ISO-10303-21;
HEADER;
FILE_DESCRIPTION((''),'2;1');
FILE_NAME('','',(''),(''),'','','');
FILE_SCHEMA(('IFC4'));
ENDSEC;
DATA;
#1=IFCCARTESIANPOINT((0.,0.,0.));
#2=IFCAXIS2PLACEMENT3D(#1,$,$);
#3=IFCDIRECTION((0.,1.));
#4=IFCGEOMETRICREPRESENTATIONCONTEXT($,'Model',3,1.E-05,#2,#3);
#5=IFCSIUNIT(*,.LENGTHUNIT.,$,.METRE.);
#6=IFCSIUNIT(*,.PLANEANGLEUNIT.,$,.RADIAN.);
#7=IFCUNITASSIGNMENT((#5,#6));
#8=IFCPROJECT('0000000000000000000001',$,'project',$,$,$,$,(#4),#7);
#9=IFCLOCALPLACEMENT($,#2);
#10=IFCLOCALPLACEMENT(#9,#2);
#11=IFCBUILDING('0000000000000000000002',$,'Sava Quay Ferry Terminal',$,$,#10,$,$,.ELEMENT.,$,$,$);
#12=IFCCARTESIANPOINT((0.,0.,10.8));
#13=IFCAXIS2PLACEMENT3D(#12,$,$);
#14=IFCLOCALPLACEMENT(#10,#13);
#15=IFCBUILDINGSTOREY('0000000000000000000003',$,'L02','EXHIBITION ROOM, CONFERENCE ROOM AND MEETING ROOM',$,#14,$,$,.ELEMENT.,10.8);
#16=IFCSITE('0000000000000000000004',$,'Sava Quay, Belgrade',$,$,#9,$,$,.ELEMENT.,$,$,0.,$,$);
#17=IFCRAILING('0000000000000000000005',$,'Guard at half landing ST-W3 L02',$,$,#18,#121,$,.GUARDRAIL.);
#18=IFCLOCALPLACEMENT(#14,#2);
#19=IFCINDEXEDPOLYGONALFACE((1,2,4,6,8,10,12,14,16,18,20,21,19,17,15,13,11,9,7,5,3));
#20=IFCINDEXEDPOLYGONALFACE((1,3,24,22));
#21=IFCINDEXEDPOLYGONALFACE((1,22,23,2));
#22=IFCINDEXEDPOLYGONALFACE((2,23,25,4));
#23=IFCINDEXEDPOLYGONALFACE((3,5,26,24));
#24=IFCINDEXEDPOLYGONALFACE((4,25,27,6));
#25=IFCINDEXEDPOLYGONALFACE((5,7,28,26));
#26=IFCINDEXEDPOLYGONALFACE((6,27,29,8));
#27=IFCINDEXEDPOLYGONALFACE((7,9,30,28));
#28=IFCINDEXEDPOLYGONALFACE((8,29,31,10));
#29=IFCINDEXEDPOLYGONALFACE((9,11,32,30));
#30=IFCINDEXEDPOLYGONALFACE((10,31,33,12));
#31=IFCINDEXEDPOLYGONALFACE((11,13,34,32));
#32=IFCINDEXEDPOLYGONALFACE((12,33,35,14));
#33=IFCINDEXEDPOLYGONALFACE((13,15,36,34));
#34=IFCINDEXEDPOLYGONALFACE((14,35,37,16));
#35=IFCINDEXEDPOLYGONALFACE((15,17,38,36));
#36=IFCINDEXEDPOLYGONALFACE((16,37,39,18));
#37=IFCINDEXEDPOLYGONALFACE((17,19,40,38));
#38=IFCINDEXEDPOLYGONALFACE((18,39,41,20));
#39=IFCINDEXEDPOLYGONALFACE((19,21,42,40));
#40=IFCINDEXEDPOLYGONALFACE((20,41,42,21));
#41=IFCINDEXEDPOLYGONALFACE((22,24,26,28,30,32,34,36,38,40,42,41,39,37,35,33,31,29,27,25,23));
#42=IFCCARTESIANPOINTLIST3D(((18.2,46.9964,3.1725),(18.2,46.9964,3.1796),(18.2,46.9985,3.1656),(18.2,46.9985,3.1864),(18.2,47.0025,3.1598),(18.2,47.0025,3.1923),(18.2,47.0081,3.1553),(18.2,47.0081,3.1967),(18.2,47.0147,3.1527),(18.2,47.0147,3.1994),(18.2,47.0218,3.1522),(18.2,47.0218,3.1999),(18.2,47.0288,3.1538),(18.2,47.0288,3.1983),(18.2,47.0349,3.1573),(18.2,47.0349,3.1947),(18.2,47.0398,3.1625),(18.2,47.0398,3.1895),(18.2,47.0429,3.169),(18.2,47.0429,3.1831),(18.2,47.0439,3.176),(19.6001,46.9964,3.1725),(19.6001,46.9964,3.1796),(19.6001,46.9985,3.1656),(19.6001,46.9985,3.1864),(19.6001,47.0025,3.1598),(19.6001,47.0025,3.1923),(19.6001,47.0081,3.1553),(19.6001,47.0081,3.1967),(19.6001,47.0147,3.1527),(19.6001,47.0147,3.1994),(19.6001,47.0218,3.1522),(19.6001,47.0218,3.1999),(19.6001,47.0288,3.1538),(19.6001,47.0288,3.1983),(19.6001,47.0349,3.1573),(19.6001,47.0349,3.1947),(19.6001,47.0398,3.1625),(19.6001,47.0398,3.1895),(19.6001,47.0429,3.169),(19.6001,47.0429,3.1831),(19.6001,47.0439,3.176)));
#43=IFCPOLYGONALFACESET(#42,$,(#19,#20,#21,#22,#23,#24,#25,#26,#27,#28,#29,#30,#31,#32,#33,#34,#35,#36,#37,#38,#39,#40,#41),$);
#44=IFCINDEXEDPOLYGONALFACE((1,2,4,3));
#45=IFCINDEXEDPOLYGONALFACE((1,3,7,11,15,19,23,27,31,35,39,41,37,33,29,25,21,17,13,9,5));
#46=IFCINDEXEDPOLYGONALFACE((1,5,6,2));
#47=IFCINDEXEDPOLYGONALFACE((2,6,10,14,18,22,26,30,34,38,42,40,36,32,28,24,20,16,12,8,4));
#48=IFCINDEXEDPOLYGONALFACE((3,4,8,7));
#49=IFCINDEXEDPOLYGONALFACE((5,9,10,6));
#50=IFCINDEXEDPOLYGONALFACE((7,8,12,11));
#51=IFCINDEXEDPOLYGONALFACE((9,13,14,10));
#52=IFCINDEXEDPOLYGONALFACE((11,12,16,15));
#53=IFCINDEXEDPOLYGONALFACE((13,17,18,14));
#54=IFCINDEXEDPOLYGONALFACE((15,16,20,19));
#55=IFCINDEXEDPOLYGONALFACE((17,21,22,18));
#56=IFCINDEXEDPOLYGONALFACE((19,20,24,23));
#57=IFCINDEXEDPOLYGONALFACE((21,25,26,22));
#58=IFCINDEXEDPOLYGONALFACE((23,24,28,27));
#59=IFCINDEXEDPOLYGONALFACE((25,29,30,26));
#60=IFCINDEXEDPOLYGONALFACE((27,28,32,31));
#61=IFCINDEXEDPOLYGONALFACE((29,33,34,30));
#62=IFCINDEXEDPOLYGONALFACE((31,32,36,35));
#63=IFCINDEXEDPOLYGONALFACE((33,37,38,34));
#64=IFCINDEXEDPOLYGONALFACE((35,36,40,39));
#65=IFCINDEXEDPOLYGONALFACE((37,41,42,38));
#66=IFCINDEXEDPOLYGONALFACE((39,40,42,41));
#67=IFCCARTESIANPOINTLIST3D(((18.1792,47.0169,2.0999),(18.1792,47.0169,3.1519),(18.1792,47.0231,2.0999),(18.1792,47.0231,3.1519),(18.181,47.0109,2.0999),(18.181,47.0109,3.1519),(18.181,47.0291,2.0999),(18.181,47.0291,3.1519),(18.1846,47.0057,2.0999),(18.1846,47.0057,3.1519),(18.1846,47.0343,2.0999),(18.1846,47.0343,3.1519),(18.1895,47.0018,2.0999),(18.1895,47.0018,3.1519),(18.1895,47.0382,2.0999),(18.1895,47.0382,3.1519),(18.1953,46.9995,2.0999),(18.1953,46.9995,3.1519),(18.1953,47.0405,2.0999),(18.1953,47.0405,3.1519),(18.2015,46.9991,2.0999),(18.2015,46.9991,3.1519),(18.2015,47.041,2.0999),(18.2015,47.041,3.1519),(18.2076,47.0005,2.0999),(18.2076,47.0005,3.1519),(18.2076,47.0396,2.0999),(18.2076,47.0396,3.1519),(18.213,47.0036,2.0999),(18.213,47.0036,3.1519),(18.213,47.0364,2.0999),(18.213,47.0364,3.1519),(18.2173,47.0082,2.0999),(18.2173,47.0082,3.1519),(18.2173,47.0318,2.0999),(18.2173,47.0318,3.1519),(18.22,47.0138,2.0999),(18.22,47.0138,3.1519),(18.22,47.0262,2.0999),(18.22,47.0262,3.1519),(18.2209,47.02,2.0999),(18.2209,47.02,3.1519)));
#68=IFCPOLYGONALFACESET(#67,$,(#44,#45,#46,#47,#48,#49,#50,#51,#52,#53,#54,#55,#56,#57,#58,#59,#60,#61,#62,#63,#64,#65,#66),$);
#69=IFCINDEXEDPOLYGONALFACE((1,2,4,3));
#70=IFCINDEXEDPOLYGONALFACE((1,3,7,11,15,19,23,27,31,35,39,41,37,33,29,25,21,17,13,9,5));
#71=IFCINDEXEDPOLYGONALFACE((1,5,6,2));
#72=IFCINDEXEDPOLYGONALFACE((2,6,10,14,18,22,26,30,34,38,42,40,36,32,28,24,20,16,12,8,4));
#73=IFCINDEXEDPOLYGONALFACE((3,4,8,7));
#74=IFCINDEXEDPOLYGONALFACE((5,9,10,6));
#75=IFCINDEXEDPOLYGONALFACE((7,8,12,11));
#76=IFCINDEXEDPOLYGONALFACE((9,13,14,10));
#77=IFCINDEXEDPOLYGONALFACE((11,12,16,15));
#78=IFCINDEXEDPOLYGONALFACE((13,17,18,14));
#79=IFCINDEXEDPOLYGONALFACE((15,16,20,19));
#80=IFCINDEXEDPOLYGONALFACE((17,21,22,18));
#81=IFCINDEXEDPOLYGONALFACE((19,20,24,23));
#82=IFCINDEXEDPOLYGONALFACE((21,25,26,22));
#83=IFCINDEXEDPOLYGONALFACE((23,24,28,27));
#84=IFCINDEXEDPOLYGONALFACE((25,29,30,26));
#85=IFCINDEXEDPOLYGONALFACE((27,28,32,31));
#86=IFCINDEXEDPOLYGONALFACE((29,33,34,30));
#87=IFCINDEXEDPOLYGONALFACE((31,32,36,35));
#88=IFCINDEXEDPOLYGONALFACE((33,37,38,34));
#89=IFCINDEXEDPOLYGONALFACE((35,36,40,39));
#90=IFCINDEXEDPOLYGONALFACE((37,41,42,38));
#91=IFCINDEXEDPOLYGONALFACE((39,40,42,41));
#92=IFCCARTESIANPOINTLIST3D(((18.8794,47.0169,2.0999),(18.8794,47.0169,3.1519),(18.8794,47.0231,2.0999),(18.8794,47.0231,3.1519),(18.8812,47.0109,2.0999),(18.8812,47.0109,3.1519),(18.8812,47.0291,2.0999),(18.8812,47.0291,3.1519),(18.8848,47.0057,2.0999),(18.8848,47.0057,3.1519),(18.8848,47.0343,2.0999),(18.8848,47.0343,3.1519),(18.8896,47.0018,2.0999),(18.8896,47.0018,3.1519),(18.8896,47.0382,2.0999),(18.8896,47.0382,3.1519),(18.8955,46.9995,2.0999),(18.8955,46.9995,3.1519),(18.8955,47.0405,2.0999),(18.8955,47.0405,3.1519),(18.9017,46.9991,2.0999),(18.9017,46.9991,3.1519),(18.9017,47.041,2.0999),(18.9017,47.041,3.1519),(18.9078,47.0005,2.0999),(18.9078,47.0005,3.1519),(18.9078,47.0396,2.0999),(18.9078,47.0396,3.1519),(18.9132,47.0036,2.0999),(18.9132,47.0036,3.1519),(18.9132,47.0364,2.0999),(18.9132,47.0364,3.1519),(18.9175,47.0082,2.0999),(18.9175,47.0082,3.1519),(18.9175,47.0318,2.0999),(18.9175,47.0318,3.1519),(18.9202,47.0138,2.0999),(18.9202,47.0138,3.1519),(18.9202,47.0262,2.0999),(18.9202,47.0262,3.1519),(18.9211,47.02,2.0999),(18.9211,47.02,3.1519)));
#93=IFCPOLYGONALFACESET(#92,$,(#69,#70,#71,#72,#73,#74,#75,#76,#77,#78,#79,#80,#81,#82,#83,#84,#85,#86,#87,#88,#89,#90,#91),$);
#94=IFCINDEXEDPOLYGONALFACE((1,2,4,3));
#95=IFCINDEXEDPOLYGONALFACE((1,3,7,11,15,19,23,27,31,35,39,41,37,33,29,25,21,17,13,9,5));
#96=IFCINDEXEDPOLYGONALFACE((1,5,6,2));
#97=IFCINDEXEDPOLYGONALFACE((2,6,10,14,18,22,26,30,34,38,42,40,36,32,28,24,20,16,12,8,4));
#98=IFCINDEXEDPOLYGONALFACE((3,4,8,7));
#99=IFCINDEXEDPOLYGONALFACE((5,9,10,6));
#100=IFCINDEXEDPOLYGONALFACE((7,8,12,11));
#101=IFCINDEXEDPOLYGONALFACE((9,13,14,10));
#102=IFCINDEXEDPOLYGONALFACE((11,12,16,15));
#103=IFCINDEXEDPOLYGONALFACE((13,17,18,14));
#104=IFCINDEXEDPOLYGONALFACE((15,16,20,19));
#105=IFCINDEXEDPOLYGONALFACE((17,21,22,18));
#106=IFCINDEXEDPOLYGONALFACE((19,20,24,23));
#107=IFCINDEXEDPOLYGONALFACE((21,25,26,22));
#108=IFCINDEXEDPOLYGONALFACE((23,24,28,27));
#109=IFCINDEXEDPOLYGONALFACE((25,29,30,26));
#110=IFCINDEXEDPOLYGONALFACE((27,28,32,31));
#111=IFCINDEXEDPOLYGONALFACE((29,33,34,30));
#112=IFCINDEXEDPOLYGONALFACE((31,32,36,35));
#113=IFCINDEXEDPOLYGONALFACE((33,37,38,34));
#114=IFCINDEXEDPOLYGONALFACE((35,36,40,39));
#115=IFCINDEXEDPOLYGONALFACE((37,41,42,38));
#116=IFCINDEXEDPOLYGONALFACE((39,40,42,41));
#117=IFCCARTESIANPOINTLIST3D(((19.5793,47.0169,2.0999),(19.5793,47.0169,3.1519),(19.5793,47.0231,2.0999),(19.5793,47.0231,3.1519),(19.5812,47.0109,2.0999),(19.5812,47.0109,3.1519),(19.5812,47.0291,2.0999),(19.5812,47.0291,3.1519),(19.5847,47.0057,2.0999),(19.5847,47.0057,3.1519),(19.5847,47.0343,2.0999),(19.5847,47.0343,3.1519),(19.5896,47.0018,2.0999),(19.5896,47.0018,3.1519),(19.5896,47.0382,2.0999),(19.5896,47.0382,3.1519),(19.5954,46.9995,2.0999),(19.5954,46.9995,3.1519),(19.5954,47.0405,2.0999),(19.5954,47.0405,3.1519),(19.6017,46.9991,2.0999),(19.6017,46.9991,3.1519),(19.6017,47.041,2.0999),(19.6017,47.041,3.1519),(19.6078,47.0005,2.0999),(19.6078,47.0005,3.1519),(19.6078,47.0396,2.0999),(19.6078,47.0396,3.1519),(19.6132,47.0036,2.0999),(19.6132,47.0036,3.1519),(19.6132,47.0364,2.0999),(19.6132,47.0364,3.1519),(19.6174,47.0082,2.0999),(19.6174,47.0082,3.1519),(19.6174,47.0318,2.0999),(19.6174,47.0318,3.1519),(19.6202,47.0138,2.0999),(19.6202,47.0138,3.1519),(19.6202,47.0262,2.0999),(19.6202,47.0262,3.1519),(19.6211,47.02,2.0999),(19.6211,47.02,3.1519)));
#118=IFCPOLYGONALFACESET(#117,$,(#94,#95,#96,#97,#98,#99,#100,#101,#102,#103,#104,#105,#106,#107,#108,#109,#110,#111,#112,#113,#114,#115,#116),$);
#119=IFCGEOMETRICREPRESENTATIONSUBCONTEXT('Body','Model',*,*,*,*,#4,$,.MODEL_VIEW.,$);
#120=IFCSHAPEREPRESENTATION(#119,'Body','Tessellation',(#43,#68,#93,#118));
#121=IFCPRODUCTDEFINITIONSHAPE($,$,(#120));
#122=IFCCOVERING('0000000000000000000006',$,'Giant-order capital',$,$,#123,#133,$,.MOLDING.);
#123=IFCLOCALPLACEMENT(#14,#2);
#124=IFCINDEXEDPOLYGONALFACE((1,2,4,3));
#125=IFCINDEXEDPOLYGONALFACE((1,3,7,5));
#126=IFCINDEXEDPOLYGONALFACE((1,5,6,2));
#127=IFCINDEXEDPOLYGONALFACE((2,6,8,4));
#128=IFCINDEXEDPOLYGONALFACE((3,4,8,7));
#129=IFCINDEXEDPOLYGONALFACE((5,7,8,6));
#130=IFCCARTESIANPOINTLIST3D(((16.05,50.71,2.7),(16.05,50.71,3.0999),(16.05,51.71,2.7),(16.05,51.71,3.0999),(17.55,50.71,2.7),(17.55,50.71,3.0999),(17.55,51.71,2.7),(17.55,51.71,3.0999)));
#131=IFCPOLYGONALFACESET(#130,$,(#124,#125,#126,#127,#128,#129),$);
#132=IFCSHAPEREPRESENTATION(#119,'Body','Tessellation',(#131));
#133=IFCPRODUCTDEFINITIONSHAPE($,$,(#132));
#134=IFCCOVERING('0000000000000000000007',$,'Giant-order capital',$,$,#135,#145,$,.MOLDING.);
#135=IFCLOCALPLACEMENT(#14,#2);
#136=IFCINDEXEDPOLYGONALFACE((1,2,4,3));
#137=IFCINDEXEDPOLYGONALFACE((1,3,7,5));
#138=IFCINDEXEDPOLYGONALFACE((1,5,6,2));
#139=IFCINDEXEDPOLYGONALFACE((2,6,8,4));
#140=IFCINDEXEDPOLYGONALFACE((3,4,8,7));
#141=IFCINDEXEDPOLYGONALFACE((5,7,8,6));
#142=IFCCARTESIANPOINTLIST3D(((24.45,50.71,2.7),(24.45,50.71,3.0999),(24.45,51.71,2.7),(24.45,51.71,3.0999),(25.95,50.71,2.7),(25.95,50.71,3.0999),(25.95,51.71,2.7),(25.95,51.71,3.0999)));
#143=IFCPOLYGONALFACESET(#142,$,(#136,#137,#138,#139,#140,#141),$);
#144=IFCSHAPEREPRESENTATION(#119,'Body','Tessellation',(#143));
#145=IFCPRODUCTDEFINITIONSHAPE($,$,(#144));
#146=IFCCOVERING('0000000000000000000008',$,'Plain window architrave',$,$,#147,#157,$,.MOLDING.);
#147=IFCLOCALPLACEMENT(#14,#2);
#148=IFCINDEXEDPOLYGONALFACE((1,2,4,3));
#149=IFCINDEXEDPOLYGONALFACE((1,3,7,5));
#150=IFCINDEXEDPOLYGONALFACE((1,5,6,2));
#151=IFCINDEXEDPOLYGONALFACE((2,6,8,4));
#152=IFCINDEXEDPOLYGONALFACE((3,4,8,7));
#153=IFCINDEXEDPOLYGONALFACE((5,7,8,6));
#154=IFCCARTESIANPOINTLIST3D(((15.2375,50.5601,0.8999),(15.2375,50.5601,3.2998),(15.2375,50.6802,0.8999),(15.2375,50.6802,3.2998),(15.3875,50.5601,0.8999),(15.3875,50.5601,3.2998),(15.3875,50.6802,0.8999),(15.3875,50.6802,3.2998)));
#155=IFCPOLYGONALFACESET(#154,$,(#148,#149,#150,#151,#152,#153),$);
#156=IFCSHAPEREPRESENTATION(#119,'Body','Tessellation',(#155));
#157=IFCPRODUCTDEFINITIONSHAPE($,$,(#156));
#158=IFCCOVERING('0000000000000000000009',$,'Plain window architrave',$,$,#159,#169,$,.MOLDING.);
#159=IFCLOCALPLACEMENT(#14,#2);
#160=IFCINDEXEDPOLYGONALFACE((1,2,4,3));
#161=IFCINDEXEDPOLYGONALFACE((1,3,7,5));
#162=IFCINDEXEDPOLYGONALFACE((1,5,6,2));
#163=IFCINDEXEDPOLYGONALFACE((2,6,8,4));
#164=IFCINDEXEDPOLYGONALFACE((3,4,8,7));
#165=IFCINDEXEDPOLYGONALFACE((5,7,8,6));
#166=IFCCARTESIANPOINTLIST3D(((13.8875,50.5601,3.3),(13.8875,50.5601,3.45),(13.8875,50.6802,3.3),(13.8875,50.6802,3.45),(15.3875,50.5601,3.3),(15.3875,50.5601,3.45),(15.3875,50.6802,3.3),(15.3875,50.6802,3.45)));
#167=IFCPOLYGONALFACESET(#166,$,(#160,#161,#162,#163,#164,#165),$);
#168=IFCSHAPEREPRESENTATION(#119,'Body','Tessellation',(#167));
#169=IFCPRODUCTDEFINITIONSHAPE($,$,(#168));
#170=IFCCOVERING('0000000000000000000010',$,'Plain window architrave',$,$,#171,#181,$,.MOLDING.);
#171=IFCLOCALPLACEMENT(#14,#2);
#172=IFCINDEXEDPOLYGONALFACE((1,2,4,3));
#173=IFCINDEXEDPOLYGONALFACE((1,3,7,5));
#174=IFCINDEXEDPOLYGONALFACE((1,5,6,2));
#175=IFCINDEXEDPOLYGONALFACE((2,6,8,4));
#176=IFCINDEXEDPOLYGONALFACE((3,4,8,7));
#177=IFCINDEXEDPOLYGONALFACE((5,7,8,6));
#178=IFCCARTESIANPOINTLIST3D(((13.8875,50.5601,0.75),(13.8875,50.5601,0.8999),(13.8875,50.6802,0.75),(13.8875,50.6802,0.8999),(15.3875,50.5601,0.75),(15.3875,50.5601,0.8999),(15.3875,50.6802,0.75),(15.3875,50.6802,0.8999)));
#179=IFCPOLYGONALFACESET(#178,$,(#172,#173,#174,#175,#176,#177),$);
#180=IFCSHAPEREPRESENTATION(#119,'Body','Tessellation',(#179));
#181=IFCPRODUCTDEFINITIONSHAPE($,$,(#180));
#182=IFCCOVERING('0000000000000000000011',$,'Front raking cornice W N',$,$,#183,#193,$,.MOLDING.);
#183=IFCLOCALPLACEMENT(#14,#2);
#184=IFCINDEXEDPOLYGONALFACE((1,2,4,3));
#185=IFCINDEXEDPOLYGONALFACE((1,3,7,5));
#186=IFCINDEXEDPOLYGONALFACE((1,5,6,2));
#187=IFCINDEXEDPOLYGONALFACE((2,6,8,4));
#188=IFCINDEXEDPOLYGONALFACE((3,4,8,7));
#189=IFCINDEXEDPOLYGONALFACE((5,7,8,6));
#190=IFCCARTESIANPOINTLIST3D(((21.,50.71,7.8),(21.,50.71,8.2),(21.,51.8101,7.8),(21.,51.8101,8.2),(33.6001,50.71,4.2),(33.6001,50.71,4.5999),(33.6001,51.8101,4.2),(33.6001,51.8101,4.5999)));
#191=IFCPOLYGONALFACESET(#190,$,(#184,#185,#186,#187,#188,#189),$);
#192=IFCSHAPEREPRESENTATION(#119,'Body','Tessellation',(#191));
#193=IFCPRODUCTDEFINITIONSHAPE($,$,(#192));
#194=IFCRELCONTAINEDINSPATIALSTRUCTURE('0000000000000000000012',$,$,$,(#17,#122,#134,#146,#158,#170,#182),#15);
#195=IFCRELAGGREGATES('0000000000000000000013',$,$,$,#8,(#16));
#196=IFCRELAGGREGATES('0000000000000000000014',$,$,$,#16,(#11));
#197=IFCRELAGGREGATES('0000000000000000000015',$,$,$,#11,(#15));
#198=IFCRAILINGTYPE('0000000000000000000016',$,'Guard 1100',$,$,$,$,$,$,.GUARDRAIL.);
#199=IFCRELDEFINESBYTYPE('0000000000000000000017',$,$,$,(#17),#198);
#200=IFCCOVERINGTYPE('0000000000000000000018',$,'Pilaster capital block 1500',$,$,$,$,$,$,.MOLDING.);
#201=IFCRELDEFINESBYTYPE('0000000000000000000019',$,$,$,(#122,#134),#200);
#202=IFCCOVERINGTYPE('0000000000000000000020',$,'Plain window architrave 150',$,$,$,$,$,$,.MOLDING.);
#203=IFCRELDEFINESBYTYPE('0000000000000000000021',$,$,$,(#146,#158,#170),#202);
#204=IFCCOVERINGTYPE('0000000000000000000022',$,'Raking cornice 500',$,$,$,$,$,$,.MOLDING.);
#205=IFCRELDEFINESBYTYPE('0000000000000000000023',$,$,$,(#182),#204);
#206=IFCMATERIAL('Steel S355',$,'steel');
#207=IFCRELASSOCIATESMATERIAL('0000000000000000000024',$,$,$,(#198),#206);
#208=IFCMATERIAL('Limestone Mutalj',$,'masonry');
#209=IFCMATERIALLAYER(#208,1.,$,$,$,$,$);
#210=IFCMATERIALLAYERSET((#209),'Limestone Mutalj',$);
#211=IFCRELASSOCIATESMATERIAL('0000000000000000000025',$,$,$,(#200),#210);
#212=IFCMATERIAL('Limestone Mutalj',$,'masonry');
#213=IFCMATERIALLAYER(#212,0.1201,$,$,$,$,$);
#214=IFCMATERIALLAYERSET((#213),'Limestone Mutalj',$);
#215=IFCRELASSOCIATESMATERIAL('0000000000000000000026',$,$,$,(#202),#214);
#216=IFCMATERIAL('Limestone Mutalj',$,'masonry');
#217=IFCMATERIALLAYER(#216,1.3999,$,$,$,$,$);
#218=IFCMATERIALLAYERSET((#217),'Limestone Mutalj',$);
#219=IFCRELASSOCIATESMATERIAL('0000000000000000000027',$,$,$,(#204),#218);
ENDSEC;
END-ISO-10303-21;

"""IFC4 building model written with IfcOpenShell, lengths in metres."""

from ifc_helpers import new_model, si_unit, direction, frame, origin, origin_2d, place, context, subcontext, project, spatial, polyline, rectangle, circle, outline, extrude, material, layer, layer_set, type_object, element, save


model = new_model("IFC4")

# Units and contexts
model_context = context("Model", 3, precision=1e-05, world=origin(), true_north=direction((0.0, 1.0)))
body_context = subcontext(model_context, "Body", "Model", "MODEL_VIEW")
ifc_project = project(units=[si_unit("LENGTHUNIT", "METRE"), si_unit("PLANEANGLEUNIT", "RADIAN")], contexts=[model_context])

# Site, building, storey
site_placement = place(None, origin())
site = spatial("IfcSite", under=ifc_project, at=site_placement, Name="Sava Quay, Belgrade", CompositionType="ELEMENT", RefElevation=0.0)
building_placement = place(site_placement, origin())
building = spatial("IfcBuilding", under=site, at=building_placement, Name="Sava Quay Ferry Terminal", CompositionType="ELEMENT")
storey_placement = place(building_placement, frame((0.0, 0.0, 10.8)))
storey = spatial("IfcBuildingStorey", under=building, at=storey_placement, Name="L02", Description="EXHIBITION ROOM, CONFERENCE ROOM AND MEETING ROOM", CompositionType="ELEMENT", Elevation=10.8)

# Railing
ifc_material_1 = material(Name="Steel S355", Category="steel")
railing_type_1 = type_object("IfcRailingType", Name="Guard 1100", PredefinedType="GUARDRAIL", material=ifc_material_1)
railing_1_placement = place(storey_placement, frame((18.2, 47.02, 2.0999)))
element("IfcRailing", 1, at=railing_1_placement, inside=storey, type_object=railing_type_1, Name="Guard at half landing ST-W3 L02", PredefinedType="GUARDRAIL", context=body_context, shape_type="SweptSolid", body=[
    extrude(circle(Radius=0.0239, at=origin_2d()), frame((0.0, 0.0, 1.0762), z_axis=(1.0, 0.0, 0.0), x_axis=(0.0, 1.0, 0.0)), (0.0, 0.0, 1.0), 1.4001),
    extrude(circle(Radius=0.021, at=origin_2d()), origin(), (0.0, 0.0, 1.0), 1.052),
    extrude(circle(Radius=0.021, at=origin_2d()), frame((0.7002, 0.0, 0.0)), (0.0, 0.0, 1.0), 1.052),
    extrude(circle(Radius=0.021, at=origin_2d()), frame((1.4001, 0.0, 0.0)), (0.0, 0.0, 1.0), 1.052),
])

# Coverings
ifc_material_2 = material(Name="Limestone Mutalj", Category="masonry")
ifc_layer_1 = layer(ifc_material_2, 1.0)
ifc_layer_set_1 = layer_set([ifc_layer_1], Name="Limestone Mutalj")
covering_type_1 = type_object("IfcCoveringType", Name="Pilaster capital block 1500", PredefinedType="MOLDING", material=ifc_layer_set_1)
for number, where, z_axis, x_axis, name in (
    (2, (16.8, 51.21, 2.7), (0.0, 0.0, 1.0), (1.0, 0.0, 0.0), "Giant-order capital"),
    (3, (25.2, 51.21, 2.7), (0.0, 0.0, 1.0), (1.0, 0.0, 0.0), "Giant-order capital"),
):
    element("IfcCovering", number, at=place(storey_placement, frame(where, z_axis=z_axis, x_axis=x_axis)), inside=storey, type_object=covering_type_1, Name=name, PredefinedType="MOLDING", context=body_context, shape_type="SweptSolid", body=[
        extrude(rectangle(XDim=1.5, YDim=1.0, at=origin_2d()), origin(), (0.0, 0.0, 1.0), 0.3999),
    ])
ifc_material_3 = material(Name="Limestone Mutalj", Category="masonry")
ifc_layer_2 = layer(ifc_material_3, 0.1201)
ifc_layer_set_2 = layer_set([ifc_layer_2], Name="Limestone Mutalj")
covering_type_2 = type_object("IfcCoveringType", Name="Plain window architrave 150", PredefinedType="MOLDING", material=ifc_layer_set_2)
covering_1_placement = place(storey_placement, frame((15.3125, 50.6201, 0.8999), z_axis=(0.0, 0.0, 1.0), x_axis=(1.0, 0.0, 0.0)))
element("IfcCovering", 4, at=covering_1_placement, inside=storey, type_object=covering_type_2, Name="Plain window architrave", PredefinedType="MOLDING", context=body_context, shape_type="SweptSolid", body=[
    extrude(rectangle(XDim=0.1499, YDim=0.1201, at=origin_2d()), origin(), (0.0, 0.0, 1.0), 2.3999),
])
for number, where, z_axis, x_axis, name in (
    (5, (14.6375, 50.6201, 3.3), (0.0, 0.0, 1.0), (1.0, 0.0, 0.0), "Plain window architrave"),
    (6, (14.6375, 50.6201, 0.75), (0.0, 0.0, 1.0), (1.0, 0.0, 0.0), "Plain window architrave"),
):
    element("IfcCovering", number, at=place(storey_placement, frame(where, z_axis=z_axis, x_axis=x_axis)), inside=storey, type_object=covering_type_2, Name=name, PredefinedType="MOLDING", context=body_context, shape_type="SweptSolid", body=[
        extrude(rectangle(XDim=1.5, YDim=0.1201, at=origin_2d()), origin(), (0.0, 0.0, 1.0), 0.1499),
    ])
ifc_material_4 = material(Name="Limestone Mutalj", Category="masonry")
ifc_layer_3 = layer(ifc_material_4, 1.3999)
ifc_layer_set_3 = layer_set([ifc_layer_3], Name="Limestone Mutalj")
covering_type_3 = type_object("IfcCoveringType", Name="Raking cornice 500", PredefinedType="MOLDING", material=ifc_layer_set_3)
covering_2_placement = place(storey_placement, frame((21.0, 50.71, 7.8), z_axis=(0.0, -1.0, 0.0), x_axis=(0.961523, 0.0, -0.274726)))
element("IfcCovering", 7, at=covering_2_placement, inside=storey, type_object=covering_type_3, Name="Front raking cornice W N", PredefinedType="MOLDING", context=body_context, shape_type="SweptSolid", body=[
    extrude(outline(polyline([(0.0, 0.0), (13.1043, 0.0), (12.9945, 0.3845), (-0.1099, 0.3845), (0.0, 0.0)])), origin(), (0.0, 0.0, -1.0), 1.1001),
])

save(model, "model.ifc")
